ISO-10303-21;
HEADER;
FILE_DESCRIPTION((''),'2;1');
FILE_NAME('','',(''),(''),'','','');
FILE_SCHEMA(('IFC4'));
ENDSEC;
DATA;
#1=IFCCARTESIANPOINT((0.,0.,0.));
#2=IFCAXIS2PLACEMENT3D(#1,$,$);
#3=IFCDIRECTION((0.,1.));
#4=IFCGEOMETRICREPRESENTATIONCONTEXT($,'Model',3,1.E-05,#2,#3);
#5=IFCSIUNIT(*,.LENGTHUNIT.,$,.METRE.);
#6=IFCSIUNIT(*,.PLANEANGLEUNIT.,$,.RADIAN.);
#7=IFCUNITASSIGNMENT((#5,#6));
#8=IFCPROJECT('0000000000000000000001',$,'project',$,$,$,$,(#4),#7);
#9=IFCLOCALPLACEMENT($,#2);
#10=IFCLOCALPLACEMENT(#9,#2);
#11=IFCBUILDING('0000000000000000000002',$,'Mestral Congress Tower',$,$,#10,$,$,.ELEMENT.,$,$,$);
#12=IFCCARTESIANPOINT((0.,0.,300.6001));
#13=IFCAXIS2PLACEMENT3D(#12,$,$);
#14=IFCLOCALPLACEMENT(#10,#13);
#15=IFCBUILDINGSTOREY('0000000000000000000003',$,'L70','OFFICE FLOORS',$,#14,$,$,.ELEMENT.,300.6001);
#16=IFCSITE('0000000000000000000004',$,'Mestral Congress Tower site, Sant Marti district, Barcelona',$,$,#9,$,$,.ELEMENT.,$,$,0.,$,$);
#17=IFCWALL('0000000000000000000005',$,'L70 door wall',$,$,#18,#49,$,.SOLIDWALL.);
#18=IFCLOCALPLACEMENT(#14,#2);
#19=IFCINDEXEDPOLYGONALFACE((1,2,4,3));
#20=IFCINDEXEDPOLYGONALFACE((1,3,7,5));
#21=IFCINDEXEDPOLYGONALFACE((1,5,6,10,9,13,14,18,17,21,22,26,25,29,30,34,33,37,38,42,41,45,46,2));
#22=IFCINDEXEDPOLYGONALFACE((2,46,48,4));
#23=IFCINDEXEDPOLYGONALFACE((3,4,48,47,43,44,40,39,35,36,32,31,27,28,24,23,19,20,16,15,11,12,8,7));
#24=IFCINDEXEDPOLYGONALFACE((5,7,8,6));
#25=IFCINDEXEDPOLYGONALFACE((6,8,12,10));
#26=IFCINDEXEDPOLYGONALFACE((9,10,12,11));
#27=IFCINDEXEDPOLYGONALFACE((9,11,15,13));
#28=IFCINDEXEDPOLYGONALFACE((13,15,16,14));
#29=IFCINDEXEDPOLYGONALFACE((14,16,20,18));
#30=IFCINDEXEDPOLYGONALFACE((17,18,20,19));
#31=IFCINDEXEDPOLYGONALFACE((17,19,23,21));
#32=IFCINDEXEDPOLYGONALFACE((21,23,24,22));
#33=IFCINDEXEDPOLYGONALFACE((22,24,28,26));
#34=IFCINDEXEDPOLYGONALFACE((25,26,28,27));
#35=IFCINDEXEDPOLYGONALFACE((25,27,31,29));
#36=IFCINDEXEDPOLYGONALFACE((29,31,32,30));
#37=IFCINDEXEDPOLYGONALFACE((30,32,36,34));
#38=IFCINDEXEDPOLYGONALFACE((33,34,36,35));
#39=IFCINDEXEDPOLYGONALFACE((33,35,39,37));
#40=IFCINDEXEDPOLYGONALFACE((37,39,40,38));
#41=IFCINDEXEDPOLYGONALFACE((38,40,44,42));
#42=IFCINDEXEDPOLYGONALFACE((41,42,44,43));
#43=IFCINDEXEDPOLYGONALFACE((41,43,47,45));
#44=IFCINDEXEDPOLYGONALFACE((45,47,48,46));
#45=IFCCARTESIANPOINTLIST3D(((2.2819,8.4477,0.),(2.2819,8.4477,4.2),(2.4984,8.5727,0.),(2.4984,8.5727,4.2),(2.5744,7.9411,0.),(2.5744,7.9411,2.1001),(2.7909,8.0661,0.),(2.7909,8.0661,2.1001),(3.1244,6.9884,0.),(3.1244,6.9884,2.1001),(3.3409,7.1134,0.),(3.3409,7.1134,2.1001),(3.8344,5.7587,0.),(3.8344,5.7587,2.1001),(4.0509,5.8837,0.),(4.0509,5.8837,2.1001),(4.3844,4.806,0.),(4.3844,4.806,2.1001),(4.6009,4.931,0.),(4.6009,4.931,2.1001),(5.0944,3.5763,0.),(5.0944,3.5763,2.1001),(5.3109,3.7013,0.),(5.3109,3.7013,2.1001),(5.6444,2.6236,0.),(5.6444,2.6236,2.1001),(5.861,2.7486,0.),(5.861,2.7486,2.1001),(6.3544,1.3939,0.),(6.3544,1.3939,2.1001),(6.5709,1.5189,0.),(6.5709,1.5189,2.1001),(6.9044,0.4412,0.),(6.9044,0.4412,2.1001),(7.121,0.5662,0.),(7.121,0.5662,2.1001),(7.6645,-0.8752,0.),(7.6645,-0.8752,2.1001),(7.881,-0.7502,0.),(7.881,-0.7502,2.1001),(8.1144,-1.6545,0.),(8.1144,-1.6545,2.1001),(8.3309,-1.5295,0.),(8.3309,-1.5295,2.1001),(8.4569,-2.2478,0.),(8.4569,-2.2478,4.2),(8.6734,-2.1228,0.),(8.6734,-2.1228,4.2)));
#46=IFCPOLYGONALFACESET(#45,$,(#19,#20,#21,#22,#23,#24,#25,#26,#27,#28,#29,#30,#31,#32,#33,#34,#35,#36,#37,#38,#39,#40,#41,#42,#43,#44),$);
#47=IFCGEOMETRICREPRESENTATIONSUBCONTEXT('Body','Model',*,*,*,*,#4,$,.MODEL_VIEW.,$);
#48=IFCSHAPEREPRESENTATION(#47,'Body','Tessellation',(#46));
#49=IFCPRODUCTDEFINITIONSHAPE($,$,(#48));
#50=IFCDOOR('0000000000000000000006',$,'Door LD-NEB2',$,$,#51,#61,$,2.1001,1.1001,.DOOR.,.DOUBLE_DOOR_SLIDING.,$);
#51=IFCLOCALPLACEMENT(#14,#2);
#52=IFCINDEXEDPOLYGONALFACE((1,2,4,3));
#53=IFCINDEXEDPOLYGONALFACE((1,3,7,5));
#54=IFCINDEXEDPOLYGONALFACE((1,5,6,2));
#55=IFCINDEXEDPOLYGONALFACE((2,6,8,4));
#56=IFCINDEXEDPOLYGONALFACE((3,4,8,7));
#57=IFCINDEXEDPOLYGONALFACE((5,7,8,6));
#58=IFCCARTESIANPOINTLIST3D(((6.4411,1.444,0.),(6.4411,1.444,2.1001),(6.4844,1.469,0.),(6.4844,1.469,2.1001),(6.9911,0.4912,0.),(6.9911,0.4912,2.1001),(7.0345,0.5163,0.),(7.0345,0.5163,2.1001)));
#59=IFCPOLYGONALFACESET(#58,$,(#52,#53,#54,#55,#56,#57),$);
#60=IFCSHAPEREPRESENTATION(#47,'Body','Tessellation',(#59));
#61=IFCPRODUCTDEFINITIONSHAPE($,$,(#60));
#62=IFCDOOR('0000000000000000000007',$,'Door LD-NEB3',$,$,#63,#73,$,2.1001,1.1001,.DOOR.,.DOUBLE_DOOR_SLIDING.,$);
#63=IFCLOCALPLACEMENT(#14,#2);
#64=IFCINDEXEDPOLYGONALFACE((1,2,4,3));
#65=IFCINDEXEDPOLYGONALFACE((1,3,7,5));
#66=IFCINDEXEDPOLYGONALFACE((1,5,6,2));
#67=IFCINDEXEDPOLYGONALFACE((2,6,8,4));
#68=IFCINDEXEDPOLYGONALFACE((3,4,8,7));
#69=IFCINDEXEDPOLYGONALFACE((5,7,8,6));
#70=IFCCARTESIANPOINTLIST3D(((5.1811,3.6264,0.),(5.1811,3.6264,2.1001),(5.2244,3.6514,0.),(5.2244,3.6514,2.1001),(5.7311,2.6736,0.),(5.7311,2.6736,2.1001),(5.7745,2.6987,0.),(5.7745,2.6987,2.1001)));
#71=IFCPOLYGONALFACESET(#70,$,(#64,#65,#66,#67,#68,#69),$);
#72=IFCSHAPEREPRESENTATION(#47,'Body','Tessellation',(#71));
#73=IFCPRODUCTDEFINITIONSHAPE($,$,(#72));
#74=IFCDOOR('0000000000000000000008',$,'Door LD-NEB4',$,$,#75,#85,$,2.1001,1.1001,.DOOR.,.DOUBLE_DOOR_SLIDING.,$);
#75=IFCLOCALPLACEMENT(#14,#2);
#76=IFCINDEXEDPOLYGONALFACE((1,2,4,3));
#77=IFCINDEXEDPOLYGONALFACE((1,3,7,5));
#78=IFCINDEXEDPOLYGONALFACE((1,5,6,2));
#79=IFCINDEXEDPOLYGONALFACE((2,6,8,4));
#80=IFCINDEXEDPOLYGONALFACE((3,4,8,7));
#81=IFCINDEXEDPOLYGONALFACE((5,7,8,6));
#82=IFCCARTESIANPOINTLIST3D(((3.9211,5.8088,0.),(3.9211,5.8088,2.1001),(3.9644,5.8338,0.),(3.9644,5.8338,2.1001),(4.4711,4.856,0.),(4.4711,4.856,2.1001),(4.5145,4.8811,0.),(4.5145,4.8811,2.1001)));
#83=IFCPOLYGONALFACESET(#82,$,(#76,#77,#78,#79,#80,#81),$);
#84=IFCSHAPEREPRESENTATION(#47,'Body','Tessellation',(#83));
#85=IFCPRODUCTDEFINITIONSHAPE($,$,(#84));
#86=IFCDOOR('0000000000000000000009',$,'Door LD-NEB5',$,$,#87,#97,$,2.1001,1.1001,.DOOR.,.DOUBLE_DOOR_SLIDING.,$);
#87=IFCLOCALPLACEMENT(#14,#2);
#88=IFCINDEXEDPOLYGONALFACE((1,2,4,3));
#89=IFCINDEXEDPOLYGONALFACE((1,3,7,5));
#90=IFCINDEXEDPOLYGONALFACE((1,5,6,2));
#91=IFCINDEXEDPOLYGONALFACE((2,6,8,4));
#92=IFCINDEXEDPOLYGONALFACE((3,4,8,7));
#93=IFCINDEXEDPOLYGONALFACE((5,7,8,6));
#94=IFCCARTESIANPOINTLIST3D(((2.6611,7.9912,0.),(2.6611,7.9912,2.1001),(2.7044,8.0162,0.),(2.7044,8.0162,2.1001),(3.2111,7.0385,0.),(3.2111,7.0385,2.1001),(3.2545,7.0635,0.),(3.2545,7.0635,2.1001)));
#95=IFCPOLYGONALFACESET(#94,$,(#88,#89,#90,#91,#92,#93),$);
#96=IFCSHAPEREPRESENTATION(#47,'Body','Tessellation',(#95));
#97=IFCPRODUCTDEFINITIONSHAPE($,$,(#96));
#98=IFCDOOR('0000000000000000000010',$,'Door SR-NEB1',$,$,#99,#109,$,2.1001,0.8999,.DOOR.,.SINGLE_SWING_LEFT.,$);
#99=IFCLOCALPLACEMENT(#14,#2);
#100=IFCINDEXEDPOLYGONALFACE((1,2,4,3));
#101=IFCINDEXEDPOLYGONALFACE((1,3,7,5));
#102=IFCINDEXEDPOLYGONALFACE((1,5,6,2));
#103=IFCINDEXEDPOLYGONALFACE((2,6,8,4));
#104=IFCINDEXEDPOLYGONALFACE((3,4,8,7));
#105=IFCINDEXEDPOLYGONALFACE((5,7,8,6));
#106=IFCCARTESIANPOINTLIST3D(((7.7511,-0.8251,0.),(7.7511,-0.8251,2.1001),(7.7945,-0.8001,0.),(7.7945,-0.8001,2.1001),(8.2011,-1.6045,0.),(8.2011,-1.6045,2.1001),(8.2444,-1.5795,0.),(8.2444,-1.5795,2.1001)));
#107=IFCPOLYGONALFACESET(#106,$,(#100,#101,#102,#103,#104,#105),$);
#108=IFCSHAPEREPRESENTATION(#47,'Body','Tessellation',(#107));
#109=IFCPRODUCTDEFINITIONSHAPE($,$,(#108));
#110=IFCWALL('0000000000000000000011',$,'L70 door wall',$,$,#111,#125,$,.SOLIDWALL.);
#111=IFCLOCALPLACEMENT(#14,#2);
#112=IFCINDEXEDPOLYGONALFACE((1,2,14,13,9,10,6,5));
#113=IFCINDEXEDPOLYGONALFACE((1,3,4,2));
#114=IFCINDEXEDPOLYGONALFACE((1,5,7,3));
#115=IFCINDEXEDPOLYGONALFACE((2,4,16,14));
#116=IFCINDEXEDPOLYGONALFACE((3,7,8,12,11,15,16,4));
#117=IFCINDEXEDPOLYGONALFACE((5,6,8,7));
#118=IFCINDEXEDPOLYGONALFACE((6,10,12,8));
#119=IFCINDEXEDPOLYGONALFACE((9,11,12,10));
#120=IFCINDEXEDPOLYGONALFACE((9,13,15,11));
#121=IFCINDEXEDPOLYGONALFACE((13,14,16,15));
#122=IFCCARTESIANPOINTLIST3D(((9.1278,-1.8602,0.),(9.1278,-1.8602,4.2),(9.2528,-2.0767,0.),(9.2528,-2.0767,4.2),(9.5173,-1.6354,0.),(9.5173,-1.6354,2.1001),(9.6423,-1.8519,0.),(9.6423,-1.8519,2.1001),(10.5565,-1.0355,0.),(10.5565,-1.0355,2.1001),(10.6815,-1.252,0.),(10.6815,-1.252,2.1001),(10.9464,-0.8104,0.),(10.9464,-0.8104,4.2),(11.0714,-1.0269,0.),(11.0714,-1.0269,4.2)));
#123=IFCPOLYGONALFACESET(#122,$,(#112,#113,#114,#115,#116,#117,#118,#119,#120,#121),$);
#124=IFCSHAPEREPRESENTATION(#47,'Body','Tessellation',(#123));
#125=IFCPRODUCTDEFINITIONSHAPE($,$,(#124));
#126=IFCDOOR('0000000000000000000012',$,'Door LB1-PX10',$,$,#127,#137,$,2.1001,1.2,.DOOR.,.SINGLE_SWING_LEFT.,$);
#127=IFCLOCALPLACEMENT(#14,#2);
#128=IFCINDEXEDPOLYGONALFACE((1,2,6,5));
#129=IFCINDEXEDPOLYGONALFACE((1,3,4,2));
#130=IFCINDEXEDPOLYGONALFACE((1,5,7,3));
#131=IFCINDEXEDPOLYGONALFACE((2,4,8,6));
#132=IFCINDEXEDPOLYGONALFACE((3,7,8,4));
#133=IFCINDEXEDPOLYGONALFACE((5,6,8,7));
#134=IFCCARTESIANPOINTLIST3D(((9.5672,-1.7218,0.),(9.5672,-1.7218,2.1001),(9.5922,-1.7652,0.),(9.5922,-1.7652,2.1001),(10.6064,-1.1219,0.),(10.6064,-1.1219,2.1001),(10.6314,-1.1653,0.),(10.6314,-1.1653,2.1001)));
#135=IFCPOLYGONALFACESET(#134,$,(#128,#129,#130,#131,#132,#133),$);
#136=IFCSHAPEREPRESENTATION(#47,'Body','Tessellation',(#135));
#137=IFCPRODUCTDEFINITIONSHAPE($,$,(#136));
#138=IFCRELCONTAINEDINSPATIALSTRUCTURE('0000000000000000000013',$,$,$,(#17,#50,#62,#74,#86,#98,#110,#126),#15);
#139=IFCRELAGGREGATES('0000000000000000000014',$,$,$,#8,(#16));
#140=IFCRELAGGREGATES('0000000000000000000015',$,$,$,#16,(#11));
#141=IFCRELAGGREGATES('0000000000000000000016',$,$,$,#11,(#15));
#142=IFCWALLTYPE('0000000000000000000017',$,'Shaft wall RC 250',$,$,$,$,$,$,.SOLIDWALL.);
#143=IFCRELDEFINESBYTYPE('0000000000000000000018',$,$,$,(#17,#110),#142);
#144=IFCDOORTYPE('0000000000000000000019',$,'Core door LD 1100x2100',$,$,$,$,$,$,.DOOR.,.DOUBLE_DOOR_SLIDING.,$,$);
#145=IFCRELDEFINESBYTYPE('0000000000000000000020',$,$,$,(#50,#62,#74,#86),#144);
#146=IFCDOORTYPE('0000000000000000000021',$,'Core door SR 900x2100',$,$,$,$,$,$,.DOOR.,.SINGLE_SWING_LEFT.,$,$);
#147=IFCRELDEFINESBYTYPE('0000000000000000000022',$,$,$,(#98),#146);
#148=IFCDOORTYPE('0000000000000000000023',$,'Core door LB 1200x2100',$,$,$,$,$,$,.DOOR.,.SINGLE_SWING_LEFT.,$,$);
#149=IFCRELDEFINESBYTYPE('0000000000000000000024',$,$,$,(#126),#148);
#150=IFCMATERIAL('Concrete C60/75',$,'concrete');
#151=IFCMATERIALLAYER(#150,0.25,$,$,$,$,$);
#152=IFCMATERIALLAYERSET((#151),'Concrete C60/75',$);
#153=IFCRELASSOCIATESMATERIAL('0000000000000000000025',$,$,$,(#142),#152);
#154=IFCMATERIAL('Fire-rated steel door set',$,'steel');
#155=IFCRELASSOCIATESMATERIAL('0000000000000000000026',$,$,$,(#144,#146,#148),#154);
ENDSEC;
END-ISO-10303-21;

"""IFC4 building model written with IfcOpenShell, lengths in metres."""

from ifc_helpers import new_model, si_unit, direction, frame, frame_2d, origin, place, context, subcontext, project, spatial, rectangle, extrude, material, layer, layer_set, type_object, element, fill, save


model = new_model("IFC4")

# Units and contexts
model_context = context("Model", 3, precision=1e-05, world=origin(), true_north=direction((0.0, 1.0)))
body_context = subcontext(model_context, "Body", "Model", "MODEL_VIEW")
ifc_project = project(units=[si_unit("LENGTHUNIT", "METRE"), si_unit("PLANEANGLEUNIT", "RADIAN")], contexts=[model_context])

# Site, building, storey
site_placement = place(None, origin())
site = spatial("IfcSite", under=ifc_project, at=site_placement, Name="Mestral Congress Tower site, Sant Marti district, Barcelona", CompositionType="ELEMENT", RefElevation=0.0)
building_placement = place(site_placement, origin())
building = spatial("IfcBuilding", under=site, at=building_placement, Name="Mestral Congress Tower", CompositionType="ELEMENT")
storey_placement = place(building_placement, frame((0.0, 0.0, 300.6001)))
storey = spatial("IfcBuildingStorey", under=building, at=storey_placement, Name="L70", Description="OFFICE FLOORS", CompositionType="ELEMENT", Elevation=300.6001)

# Shared definitions
ifc_material_1 = material(Name="Concrete C60/75", Category="concrete")

# Shared definitions
ifc_material_2 = material(Name="Fire-rated steel door set", Category="steel")

# Shared definitions
ifc_layer_1 = layer(ifc_material_1, 0.25)
ifc_layer_set_1 = layer_set([ifc_layer_1], Name="Concrete C60/75")
wall_type_1 = type_object("IfcWallType", Name="Shaft wall RC 250", PredefinedType="SOLIDWALL", material=ifc_layer_set_1)

# Wall, openings, doors
wall_1_placement = place(storey_placement, frame((8.5652, -2.1853, 0.0), z_axis=(0.0, 0.0, 1.0), x_axis=(-0.499998, 0.866027, 0.0)))
wall_1 = element("IfcWall", 1, at=wall_1_placement, inside=storey, type_object=wall_type_1, Name="L70 door wall", PredefinedType="SOLIDWALL", context=body_context, shape_type="SweptSolid", body=[
    extrude(rectangle(XDim=12.3501, YDim=0.25, at=frame_2d((6.175, 0.0))), origin(), (0.0, 0.0, 1.0), 4.2),
])
opening_1_placement = place(wall_1_placement, frame((0.6851, 0.0, 0.0)))
opening_1 = element("IfcOpeningElement", 2, at=opening_1_placement, cuts=wall_1, PredefinedType="OPENING", context=body_context, shape_type="SweptSolid", body=[
    extrude(rectangle(XDim=0.8999, YDim=2.1001, at=frame_2d((0.45, 1.05))), frame((0.0, 0.135, 0.0), z_axis=(0.0, -1.0, 0.0), x_axis=(1.0, 0.0, 0.0)), (0.0, 0.0, 1.0), 0.27),
])
opening_2_placement = place(wall_1_placement, frame((3.105, 0.0, 0.0)))
opening_2 = element("IfcOpeningElement", 3, at=opening_2_placement, cuts=wall_1, PredefinedType="OPENING", context=body_context, shape_type="SweptSolid", body=[
    extrude(rectangle(XDim=1.1001, YDim=2.1001, at=frame_2d((0.55, 1.05))), frame((0.0, 0.135, 0.0), z_axis=(0.0, -1.0, 0.0), x_axis=(1.0, 0.0, 0.0)), (0.0, 0.0, 1.0), 0.27),
])
opening_3_placement = place(wall_1_placement, frame((5.625, 0.0, 0.0)))
opening_3 = element("IfcOpeningElement", 4, at=opening_3_placement, cuts=wall_1, PredefinedType="OPENING", context=body_context, shape_type="SweptSolid", body=[
    extrude(rectangle(XDim=1.1001, YDim=2.1001, at=frame_2d((0.55, 1.05))), frame((0.0, 0.135, 0.0), z_axis=(0.0, -1.0, 0.0), x_axis=(1.0, 0.0, 0.0)), (0.0, 0.0, 1.0), 0.27),
])
opening_4_placement = place(wall_1_placement, frame((8.145, 0.0, 0.0)))
opening_4 = element("IfcOpeningElement", 5, at=opening_4_placement, cuts=wall_1, PredefinedType="OPENING", context=body_context, shape_type="SweptSolid", body=[
    extrude(rectangle(XDim=1.1001, YDim=2.1001, at=frame_2d((0.55, 1.05))), frame((0.0, 0.135, 0.0), z_axis=(0.0, -1.0, 0.0), x_axis=(1.0, 0.0, 0.0)), (0.0, 0.0, 1.0), 0.27),
])
opening_5_placement = place(wall_1_placement, frame((10.665, 0.0, 0.0)))
opening_5 = element("IfcOpeningElement", 6, at=opening_5_placement, cuts=wall_1, PredefinedType="OPENING", context=body_context, shape_type="SweptSolid", body=[
    extrude(rectangle(XDim=1.1001, YDim=2.1001, at=frame_2d((0.55, 1.05))), frame((0.0, 0.135, 0.0), z_axis=(0.0, -1.0, 0.0), x_axis=(1.0, 0.0, 0.0)), (0.0, 0.0, 1.0), 0.27),
])
door_type_1 = type_object("IfcDoorType", Name="Core door LD 1100x2100", OperationType="DOUBLE_DOOR_SLIDING", PredefinedType="DOOR", material=ifc_material_2)
door_1_placement = place(opening_2_placement, origin())
door_1 = element("IfcDoor", 7, at=door_1_placement, inside=storey, type_object=door_type_1, Name="Door LD-NEB2", OperationType="DOUBLE_DOOR_SLIDING", OverallHeight=2.1001, OverallWidth=1.1001, PredefinedType="DOOR", context=body_context, shape_type="SweptSolid", body=[
    extrude(rectangle(XDim=1.1001, YDim=2.1001, at=frame_2d((0.55, 1.05))), frame((0.0, 0.0249, 0.0), z_axis=(0.0, -1.0, 0.0), x_axis=(1.0, 0.0, 0.0)), (0.0, 0.0, 1.0), 0.05),
])
fill(opening_2, door_1)
door_2_placement = place(opening_3_placement, origin())
door_2 = element("IfcDoor", 8, at=door_2_placement, inside=storey, type_object=door_type_1, Name="Door LD-NEB3", OperationType="DOUBLE_DOOR_SLIDING", OverallHeight=2.1001, OverallWidth=1.1001, PredefinedType="DOOR", context=body_context, shape_type="SweptSolid", body=[
    extrude(rectangle(XDim=1.1001, YDim=2.1001, at=frame_2d((0.55, 1.05))), frame((0.0, 0.0249, 0.0), z_axis=(0.0, -1.0, 0.0), x_axis=(1.0, 0.0, 0.0)), (0.0, 0.0, 1.0), 0.05),
])
fill(opening_3, door_2)
door_3_placement = place(opening_4_placement, origin())
door_3 = element("IfcDoor", 9, at=door_3_placement, inside=storey, type_object=door_type_1, Name="Door LD-NEB4", OperationType="DOUBLE_DOOR_SLIDING", OverallHeight=2.1001, OverallWidth=1.1001, PredefinedType="DOOR", context=body_context, shape_type="SweptSolid", body=[
    extrude(rectangle(XDim=1.1001, YDim=2.1001, at=frame_2d((0.55, 1.05))), frame((0.0, 0.0249, 0.0), z_axis=(0.0, -1.0, 0.0), x_axis=(1.0, 0.0, 0.0)), (0.0, 0.0, 1.0), 0.05),
])
fill(opening_4, door_3)
door_4_placement = place(opening_5_placement, origin())
door_4 = element("IfcDoor", 10, at=door_4_placement, inside=storey, type_object=door_type_1, Name="Door LD-NEB5", OperationType="DOUBLE_DOOR_SLIDING", OverallHeight=2.1001, OverallWidth=1.1001, PredefinedType="DOOR", context=body_context, shape_type="SweptSolid", body=[
    extrude(rectangle(XDim=1.1001, YDim=2.1001, at=frame_2d((0.55, 1.05))), frame((0.0, 0.0249, 0.0), z_axis=(0.0, -1.0, 0.0), x_axis=(1.0, 0.0, 0.0)), (0.0, 0.0, 1.0), 0.05),
])
fill(opening_5, door_4)
door_type_2 = type_object("IfcDoorType", Name="Core door SR 900x2100", OperationType="SINGLE_SWING_LEFT", PredefinedType="DOOR", material=ifc_material_2)
door_5_placement = place(opening_1_placement, origin())
door_5 = element("IfcDoor", 11, at=door_5_placement, inside=storey, type_object=door_type_2, Name="Door SR-NEB1", OperationType="SINGLE_SWING_LEFT", OverallHeight=2.1001, OverallWidth=0.8999, PredefinedType="DOOR", context=body_context, shape_type="SweptSolid", body=[
    extrude(rectangle(XDim=0.8999, YDim=2.1001, at=frame_2d((0.45, 1.05))), frame((0.0, 0.0249, 0.0), z_axis=(0.0, -1.0, 0.0), x_axis=(1.0, 0.0, 0.0)), (0.0, 0.0, 1.0), 0.05),
])
fill(opening_1, door_5)

# Wall, opening, door
wall_2_placement = place(storey_placement, frame((11.0088, -0.9187, 0.0), z_axis=(0.0, 0.0, 1.0), x_axis=(-0.86606, -0.499941, 0.0)))
wall_2 = element("IfcWall", 12, at=wall_2_placement, inside=storey, type_object=wall_type_1, Name="L70 door wall", PredefinedType="SOLIDWALL", context=body_context, shape_type="SweptSolid", body=[
    extrude(rectangle(XDim=2.0999, YDim=0.25, at=frame_2d((1.0498, 0.0))), origin(), (0.0, 0.0, 1.0), 4.2),
])
opening_6_placement = place(wall_2_placement, frame((0.45, 0.0, 0.0)))
opening_6 = element("IfcOpeningElement", 13, at=opening_6_placement, cuts=wall_2, PredefinedType="OPENING", context=body_context, shape_type="SweptSolid", body=[
    extrude(rectangle(XDim=1.2, YDim=2.1001, at=frame_2d((0.6001, 1.05))), frame((0.0, 0.135, 0.0), z_axis=(0.0, -1.0, 0.0), x_axis=(1.0, 0.0, 0.0)), (0.0, 0.0, 1.0), 0.27),
])
door_type_3 = type_object("IfcDoorType", Name="Core door LB 1200x2100", OperationType="SINGLE_SWING_LEFT", PredefinedType="DOOR", material=ifc_material_2)
door_6_placement = place(opening_6_placement, origin())
door_6 = element("IfcDoor", 14, at=door_6_placement, inside=storey, type_object=door_type_3, Name="Door LB1-PX10", OperationType="SINGLE_SWING_LEFT", OverallHeight=2.1001, OverallWidth=1.2, PredefinedType="DOOR", context=body_context, shape_type="SweptSolid", body=[
    extrude(rectangle(XDim=1.2, YDim=2.1001, at=frame_2d((0.6001, 1.05))), frame((0.0, 0.0249, 0.0), z_axis=(0.0, -1.0, 0.0), x_axis=(1.0, 0.0, 0.0)), (0.0, 0.0, 1.0), 0.05),
])
fill(opening_6, door_6)

save(model, "model.ifc")
